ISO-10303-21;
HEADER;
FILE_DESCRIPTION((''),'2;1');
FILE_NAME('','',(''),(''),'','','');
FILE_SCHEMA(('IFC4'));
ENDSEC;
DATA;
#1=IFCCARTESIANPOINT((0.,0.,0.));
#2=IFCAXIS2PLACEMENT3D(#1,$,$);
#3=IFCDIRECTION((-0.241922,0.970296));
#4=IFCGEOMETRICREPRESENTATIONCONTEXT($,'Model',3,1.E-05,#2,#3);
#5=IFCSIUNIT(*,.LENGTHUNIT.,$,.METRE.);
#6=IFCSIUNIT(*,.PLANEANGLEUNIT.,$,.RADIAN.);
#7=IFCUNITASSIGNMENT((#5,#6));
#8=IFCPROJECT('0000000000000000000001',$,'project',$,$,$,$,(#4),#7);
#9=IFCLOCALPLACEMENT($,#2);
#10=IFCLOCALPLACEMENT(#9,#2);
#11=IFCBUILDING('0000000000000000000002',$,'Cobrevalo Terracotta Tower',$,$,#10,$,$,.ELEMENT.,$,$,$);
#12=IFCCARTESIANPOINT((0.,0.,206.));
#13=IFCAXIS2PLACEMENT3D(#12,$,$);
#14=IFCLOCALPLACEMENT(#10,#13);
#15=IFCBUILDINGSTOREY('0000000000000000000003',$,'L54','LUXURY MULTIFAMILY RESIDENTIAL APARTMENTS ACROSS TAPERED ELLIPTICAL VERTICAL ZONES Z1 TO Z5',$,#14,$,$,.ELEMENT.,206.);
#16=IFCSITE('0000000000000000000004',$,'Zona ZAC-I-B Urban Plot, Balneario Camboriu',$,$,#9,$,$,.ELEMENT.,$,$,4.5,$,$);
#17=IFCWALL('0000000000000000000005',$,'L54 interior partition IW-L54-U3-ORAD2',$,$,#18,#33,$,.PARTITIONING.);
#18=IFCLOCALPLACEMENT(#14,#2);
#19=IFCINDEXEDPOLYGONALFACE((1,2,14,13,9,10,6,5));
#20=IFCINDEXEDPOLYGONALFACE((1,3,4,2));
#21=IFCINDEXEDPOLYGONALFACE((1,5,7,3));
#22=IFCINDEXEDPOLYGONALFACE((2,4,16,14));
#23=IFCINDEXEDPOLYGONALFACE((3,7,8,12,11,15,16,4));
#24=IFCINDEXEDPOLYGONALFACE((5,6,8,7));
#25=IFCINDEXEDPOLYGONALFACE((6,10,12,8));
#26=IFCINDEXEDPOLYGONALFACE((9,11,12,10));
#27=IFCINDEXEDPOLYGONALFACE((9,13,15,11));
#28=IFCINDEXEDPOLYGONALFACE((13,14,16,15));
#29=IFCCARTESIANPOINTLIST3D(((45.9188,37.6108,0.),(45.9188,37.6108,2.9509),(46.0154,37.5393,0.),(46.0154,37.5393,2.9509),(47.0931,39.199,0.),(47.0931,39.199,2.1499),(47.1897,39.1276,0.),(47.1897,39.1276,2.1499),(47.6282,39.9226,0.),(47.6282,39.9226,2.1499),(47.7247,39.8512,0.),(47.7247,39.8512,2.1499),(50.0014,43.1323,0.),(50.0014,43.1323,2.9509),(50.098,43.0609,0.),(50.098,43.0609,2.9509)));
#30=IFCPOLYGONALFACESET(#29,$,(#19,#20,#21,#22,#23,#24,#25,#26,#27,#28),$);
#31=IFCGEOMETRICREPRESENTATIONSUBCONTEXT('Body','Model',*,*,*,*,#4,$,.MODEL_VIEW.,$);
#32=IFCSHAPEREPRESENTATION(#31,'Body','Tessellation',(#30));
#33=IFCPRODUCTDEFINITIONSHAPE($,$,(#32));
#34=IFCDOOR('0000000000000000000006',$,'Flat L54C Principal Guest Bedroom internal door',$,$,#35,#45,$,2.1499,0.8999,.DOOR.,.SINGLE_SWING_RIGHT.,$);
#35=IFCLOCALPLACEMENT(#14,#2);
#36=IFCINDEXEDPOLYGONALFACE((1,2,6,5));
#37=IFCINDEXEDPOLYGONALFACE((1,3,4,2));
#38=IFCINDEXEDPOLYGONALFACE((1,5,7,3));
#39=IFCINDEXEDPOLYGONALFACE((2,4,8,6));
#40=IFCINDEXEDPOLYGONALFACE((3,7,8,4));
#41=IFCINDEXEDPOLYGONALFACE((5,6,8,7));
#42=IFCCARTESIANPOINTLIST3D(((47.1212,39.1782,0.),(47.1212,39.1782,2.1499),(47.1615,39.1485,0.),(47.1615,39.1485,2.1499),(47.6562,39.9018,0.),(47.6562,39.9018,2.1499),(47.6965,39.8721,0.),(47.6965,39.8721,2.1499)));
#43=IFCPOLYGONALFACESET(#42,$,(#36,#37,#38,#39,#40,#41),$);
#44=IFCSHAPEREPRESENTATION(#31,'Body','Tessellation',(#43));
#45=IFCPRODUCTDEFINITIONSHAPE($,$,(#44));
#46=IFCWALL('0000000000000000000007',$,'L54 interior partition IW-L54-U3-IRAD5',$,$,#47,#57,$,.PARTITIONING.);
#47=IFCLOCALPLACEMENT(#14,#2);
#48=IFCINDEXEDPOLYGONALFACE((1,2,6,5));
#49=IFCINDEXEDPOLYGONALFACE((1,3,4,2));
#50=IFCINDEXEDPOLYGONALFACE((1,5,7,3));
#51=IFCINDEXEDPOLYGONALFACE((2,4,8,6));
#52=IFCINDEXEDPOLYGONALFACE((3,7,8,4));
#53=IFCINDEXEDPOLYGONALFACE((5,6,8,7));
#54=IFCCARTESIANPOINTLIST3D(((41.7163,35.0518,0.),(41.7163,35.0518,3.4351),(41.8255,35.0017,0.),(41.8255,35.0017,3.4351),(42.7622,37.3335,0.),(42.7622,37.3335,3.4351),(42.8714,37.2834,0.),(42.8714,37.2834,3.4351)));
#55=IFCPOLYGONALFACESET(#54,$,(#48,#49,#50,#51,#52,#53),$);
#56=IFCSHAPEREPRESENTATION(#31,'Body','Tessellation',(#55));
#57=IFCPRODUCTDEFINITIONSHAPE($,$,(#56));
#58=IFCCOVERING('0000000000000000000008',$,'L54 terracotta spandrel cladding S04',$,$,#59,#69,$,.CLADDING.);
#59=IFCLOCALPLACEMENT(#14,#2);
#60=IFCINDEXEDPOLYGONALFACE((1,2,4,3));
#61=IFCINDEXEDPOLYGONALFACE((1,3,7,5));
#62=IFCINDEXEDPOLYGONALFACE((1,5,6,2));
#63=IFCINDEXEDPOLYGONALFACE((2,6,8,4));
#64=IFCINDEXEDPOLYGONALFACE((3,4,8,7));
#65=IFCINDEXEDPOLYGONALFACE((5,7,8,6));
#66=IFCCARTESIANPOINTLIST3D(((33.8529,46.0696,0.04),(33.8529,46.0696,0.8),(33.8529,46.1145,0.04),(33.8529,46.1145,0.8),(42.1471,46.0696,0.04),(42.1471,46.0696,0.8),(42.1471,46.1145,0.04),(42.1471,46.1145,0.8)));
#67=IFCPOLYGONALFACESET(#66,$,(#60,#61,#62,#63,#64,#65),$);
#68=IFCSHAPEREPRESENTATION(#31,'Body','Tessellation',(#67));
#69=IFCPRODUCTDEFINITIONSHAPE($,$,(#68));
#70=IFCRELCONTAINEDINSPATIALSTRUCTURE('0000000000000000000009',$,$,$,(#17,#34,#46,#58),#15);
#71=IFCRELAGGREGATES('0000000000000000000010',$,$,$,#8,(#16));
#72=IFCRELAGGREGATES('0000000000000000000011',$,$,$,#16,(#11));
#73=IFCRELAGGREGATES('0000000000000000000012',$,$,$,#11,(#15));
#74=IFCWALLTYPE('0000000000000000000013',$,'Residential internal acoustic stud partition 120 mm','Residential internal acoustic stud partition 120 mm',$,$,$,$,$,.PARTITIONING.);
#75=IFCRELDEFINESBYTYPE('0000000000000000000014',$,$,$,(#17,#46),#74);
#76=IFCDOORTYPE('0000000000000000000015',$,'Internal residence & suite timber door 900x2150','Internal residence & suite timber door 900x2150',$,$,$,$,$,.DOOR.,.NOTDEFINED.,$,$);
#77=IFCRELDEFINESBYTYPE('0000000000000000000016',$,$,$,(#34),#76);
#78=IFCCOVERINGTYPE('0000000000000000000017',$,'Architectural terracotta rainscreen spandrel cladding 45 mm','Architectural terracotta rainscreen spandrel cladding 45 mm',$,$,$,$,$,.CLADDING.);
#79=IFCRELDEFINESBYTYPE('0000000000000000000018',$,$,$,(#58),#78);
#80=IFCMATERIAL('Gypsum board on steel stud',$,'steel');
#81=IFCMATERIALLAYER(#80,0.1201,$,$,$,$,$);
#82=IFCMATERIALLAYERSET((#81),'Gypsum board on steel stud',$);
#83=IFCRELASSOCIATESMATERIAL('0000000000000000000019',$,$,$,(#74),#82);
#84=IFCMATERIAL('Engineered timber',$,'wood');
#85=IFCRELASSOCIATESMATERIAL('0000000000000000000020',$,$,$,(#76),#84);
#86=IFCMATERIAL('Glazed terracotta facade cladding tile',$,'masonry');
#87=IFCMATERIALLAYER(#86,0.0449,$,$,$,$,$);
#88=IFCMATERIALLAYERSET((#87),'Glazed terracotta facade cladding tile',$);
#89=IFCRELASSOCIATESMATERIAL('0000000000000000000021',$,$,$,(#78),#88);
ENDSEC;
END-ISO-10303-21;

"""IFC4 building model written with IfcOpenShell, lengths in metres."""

from ifc_helpers import new_model, si_unit, direction, frame, frame_2d, origin, origin_2d, place, context, subcontext, project, spatial, rectangle, extrude, source, transform, mapped, material, layer, layer_set, type_object, element, fill, save


model = new_model("IFC4")

# Units and contexts
model_context = context("Model", 3, precision=1e-05, world=origin(), true_north=direction((-0.241922, 0.970296)))
body_context = subcontext(model_context, "Body", "Model", "MODEL_VIEW")
ifc_project = project(units=[si_unit("LENGTHUNIT", "METRE"), si_unit("PLANEANGLEUNIT", "RADIAN")], contexts=[model_context])

# Site, building, storey
site_placement = place(None, origin())
site = spatial("IfcSite", under=ifc_project, at=site_placement, Name="Zona ZAC-I-B Urban Plot, Balneario Camboriu", CompositionType="ELEMENT", RefElevation=4.5)
building_placement = place(site_placement, origin())
building = spatial("IfcBuilding", under=site, at=building_placement, Name="Cobrevalo Terracotta Tower", CompositionType="ELEMENT")
storey_placement = place(building_placement, frame((0.0, 0.0, 206.0)))
storey = spatial("IfcBuildingStorey", under=building, at=storey_placement, Name="L54", Description="LUXURY MULTIFAMILY RESIDENTIAL APARTMENTS ACROSS TAPERED ELLIPTICAL VERTICAL ZONES Z1 TO Z5", CompositionType="ELEMENT", Elevation=206.0)

# Shared definitions
ifc_material_1 = material(Name="Gypsum board on steel stud", Category="steel")

# Shared definitions
ifc_layer_1 = layer(ifc_material_1, 0.1201)
ifc_layer_set_1 = layer_set([ifc_layer_1], Name="Gypsum board on steel stud")
wall_type_1 = type_object("IfcWallType", Name="Residential internal acoustic stud partition 120 mm", Description="Residential internal acoustic stud partition 120 mm", PredefinedType="PARTITIONING", material=ifc_layer_set_1)

# Shared definitions
ifc_material_2 = material(Name="Engineered timber", Category="wood")
door_type = type_object("IfcDoorType", Name="Internal residence & suite timber door 900x2150", Description="Internal residence & suite timber door 900x2150", OperationType="NOTDEFINED", PredefinedType="DOOR", material=ifc_material_2)
shared_shape_1 = source(origin(), body_context, "Body", "SweptSolid", [
    extrude(rectangle(XDim=0.8999, YDim=2.1499, at=frame_2d((0.45, 1.075))), frame((0.0, 0.0249, 0.0), z_axis=(0.0, -1.0, 0.0), x_axis=(1.0, 0.0, 0.0)), (0.0, 0.0, 1.0), 0.05),
])

# Wall, opening, door
wall_1_placement = place(storey_placement, frame((45.967, 37.575, 0.0), z_axis=(0.0, 0.0, 1.0), x_axis=(0.594525, 0.804077, 0.0)))
wall_1 = element("IfcWall", 1, at=wall_1_placement, inside=storey, type_object=wall_type_1, Name="L54 interior partition IW-L54-U3-ORAD2", PredefinedType="PARTITIONING", context=body_context, shape_type="SweptSolid", body=[
    extrude(rectangle(XDim=6.8669, YDim=0.1201, at=frame_2d((3.4336, 0.0))), origin(), (0.0, 0.0, 1.0), 2.9509),
])
opening_1_placement = place(wall_1_placement, frame((1.9753, 0.0, 0.0)))
opening_1 = element("IfcOpeningElement", 2, at=opening_1_placement, cuts=wall_1, PredefinedType="OPENING", context=body_context, shape_type="SweptSolid", body=[
    extrude(rectangle(XDim=0.8999, YDim=2.1499, at=frame_2d((0.45, 1.075))), frame((0.0, 0.0701, 0.0), z_axis=(0.0, -1.0, 0.0), x_axis=(1.0, 0.0, 0.0)), (0.0, 0.0, 1.0), 0.1401),
])
door_1_placement = place(opening_1_placement, frame((0.8999, 0.0, 0.0), z_axis=(0.0, 0.0, 1.0), x_axis=(-1.0, 0.0, 0.0)))
door_1 = element("IfcDoor", 3, at=door_1_placement, inside=storey, type_object=door_type, Name="Flat L54C Principal Guest Bedroom internal door", OperationType="SINGLE_SWING_RIGHT", OverallHeight=2.1499, OverallWidth=0.8999, PredefinedType="DOOR", context=body_context, shape_type="MappedRepresentation", body=[
    mapped(shared_shape_1, transform((0.0, 0.0, 0.0), scale=1.0)),
])
fill(opening_1, door_1)

# Wall
wall_2_placement = place(storey_placement, frame((41.771, 35.0269, 0.0), z_axis=(0.0, 0.0, 1.0), x_axis=(0.416688, 0.909049, 0.0)))
element("IfcWall", 4, at=wall_2_placement, inside=storey, type_object=wall_type_1, Name="L54 interior partition IW-L54-U3-IRAD5", PredefinedType="PARTITIONING", context=body_context, shape_type="SweptSolid", body=[
    extrude(rectangle(XDim=2.51, YDim=0.1201, at=frame_2d((1.2549, 0.0))), origin(), (0.0, 0.0, 1.0), 3.4351),
])

# Covering
ifc_material_3 = material(Name="Glazed terracotta facade cladding tile", Category="masonry")
ifc_layer_2 = layer(ifc_material_3, 0.0449)
ifc_layer_set_2 = layer_set([ifc_layer_2], Name="Glazed terracotta facade cladding tile")
covering_type = type_object("IfcCoveringType", Name="Architectural terracotta rainscreen spandrel cladding 45 mm", Description="Architectural terracotta rainscreen spandrel cladding 45 mm", PredefinedType="CLADDING", material=ifc_layer_set_2)
shared_shape_2 = source(origin(), body_context, "Body", "SweptSolid", [
    extrude(rectangle(XDim=8.2942, YDim=0.0449, at=origin_2d()), origin(), (0.0, 0.0, 1.0), 0.76),
])
covering_placement = place(storey_placement, frame((38.0, 46.092, 0.04), z_axis=(0.0, 0.0, 1.0), x_axis=(-1.0, 0.0, 0.0)))
element("IfcCovering", 5, at=covering_placement, inside=storey, type_object=covering_type, Name="L54 terracotta spandrel cladding S04", PredefinedType="CLADDING", context=body_context, shape_type="MappedRepresentation", body=[
    mapped(shared_shape_2, transform((0.0, 0.0, 0.0), scale=1.0)),
])

save(model, "model.ifc")
